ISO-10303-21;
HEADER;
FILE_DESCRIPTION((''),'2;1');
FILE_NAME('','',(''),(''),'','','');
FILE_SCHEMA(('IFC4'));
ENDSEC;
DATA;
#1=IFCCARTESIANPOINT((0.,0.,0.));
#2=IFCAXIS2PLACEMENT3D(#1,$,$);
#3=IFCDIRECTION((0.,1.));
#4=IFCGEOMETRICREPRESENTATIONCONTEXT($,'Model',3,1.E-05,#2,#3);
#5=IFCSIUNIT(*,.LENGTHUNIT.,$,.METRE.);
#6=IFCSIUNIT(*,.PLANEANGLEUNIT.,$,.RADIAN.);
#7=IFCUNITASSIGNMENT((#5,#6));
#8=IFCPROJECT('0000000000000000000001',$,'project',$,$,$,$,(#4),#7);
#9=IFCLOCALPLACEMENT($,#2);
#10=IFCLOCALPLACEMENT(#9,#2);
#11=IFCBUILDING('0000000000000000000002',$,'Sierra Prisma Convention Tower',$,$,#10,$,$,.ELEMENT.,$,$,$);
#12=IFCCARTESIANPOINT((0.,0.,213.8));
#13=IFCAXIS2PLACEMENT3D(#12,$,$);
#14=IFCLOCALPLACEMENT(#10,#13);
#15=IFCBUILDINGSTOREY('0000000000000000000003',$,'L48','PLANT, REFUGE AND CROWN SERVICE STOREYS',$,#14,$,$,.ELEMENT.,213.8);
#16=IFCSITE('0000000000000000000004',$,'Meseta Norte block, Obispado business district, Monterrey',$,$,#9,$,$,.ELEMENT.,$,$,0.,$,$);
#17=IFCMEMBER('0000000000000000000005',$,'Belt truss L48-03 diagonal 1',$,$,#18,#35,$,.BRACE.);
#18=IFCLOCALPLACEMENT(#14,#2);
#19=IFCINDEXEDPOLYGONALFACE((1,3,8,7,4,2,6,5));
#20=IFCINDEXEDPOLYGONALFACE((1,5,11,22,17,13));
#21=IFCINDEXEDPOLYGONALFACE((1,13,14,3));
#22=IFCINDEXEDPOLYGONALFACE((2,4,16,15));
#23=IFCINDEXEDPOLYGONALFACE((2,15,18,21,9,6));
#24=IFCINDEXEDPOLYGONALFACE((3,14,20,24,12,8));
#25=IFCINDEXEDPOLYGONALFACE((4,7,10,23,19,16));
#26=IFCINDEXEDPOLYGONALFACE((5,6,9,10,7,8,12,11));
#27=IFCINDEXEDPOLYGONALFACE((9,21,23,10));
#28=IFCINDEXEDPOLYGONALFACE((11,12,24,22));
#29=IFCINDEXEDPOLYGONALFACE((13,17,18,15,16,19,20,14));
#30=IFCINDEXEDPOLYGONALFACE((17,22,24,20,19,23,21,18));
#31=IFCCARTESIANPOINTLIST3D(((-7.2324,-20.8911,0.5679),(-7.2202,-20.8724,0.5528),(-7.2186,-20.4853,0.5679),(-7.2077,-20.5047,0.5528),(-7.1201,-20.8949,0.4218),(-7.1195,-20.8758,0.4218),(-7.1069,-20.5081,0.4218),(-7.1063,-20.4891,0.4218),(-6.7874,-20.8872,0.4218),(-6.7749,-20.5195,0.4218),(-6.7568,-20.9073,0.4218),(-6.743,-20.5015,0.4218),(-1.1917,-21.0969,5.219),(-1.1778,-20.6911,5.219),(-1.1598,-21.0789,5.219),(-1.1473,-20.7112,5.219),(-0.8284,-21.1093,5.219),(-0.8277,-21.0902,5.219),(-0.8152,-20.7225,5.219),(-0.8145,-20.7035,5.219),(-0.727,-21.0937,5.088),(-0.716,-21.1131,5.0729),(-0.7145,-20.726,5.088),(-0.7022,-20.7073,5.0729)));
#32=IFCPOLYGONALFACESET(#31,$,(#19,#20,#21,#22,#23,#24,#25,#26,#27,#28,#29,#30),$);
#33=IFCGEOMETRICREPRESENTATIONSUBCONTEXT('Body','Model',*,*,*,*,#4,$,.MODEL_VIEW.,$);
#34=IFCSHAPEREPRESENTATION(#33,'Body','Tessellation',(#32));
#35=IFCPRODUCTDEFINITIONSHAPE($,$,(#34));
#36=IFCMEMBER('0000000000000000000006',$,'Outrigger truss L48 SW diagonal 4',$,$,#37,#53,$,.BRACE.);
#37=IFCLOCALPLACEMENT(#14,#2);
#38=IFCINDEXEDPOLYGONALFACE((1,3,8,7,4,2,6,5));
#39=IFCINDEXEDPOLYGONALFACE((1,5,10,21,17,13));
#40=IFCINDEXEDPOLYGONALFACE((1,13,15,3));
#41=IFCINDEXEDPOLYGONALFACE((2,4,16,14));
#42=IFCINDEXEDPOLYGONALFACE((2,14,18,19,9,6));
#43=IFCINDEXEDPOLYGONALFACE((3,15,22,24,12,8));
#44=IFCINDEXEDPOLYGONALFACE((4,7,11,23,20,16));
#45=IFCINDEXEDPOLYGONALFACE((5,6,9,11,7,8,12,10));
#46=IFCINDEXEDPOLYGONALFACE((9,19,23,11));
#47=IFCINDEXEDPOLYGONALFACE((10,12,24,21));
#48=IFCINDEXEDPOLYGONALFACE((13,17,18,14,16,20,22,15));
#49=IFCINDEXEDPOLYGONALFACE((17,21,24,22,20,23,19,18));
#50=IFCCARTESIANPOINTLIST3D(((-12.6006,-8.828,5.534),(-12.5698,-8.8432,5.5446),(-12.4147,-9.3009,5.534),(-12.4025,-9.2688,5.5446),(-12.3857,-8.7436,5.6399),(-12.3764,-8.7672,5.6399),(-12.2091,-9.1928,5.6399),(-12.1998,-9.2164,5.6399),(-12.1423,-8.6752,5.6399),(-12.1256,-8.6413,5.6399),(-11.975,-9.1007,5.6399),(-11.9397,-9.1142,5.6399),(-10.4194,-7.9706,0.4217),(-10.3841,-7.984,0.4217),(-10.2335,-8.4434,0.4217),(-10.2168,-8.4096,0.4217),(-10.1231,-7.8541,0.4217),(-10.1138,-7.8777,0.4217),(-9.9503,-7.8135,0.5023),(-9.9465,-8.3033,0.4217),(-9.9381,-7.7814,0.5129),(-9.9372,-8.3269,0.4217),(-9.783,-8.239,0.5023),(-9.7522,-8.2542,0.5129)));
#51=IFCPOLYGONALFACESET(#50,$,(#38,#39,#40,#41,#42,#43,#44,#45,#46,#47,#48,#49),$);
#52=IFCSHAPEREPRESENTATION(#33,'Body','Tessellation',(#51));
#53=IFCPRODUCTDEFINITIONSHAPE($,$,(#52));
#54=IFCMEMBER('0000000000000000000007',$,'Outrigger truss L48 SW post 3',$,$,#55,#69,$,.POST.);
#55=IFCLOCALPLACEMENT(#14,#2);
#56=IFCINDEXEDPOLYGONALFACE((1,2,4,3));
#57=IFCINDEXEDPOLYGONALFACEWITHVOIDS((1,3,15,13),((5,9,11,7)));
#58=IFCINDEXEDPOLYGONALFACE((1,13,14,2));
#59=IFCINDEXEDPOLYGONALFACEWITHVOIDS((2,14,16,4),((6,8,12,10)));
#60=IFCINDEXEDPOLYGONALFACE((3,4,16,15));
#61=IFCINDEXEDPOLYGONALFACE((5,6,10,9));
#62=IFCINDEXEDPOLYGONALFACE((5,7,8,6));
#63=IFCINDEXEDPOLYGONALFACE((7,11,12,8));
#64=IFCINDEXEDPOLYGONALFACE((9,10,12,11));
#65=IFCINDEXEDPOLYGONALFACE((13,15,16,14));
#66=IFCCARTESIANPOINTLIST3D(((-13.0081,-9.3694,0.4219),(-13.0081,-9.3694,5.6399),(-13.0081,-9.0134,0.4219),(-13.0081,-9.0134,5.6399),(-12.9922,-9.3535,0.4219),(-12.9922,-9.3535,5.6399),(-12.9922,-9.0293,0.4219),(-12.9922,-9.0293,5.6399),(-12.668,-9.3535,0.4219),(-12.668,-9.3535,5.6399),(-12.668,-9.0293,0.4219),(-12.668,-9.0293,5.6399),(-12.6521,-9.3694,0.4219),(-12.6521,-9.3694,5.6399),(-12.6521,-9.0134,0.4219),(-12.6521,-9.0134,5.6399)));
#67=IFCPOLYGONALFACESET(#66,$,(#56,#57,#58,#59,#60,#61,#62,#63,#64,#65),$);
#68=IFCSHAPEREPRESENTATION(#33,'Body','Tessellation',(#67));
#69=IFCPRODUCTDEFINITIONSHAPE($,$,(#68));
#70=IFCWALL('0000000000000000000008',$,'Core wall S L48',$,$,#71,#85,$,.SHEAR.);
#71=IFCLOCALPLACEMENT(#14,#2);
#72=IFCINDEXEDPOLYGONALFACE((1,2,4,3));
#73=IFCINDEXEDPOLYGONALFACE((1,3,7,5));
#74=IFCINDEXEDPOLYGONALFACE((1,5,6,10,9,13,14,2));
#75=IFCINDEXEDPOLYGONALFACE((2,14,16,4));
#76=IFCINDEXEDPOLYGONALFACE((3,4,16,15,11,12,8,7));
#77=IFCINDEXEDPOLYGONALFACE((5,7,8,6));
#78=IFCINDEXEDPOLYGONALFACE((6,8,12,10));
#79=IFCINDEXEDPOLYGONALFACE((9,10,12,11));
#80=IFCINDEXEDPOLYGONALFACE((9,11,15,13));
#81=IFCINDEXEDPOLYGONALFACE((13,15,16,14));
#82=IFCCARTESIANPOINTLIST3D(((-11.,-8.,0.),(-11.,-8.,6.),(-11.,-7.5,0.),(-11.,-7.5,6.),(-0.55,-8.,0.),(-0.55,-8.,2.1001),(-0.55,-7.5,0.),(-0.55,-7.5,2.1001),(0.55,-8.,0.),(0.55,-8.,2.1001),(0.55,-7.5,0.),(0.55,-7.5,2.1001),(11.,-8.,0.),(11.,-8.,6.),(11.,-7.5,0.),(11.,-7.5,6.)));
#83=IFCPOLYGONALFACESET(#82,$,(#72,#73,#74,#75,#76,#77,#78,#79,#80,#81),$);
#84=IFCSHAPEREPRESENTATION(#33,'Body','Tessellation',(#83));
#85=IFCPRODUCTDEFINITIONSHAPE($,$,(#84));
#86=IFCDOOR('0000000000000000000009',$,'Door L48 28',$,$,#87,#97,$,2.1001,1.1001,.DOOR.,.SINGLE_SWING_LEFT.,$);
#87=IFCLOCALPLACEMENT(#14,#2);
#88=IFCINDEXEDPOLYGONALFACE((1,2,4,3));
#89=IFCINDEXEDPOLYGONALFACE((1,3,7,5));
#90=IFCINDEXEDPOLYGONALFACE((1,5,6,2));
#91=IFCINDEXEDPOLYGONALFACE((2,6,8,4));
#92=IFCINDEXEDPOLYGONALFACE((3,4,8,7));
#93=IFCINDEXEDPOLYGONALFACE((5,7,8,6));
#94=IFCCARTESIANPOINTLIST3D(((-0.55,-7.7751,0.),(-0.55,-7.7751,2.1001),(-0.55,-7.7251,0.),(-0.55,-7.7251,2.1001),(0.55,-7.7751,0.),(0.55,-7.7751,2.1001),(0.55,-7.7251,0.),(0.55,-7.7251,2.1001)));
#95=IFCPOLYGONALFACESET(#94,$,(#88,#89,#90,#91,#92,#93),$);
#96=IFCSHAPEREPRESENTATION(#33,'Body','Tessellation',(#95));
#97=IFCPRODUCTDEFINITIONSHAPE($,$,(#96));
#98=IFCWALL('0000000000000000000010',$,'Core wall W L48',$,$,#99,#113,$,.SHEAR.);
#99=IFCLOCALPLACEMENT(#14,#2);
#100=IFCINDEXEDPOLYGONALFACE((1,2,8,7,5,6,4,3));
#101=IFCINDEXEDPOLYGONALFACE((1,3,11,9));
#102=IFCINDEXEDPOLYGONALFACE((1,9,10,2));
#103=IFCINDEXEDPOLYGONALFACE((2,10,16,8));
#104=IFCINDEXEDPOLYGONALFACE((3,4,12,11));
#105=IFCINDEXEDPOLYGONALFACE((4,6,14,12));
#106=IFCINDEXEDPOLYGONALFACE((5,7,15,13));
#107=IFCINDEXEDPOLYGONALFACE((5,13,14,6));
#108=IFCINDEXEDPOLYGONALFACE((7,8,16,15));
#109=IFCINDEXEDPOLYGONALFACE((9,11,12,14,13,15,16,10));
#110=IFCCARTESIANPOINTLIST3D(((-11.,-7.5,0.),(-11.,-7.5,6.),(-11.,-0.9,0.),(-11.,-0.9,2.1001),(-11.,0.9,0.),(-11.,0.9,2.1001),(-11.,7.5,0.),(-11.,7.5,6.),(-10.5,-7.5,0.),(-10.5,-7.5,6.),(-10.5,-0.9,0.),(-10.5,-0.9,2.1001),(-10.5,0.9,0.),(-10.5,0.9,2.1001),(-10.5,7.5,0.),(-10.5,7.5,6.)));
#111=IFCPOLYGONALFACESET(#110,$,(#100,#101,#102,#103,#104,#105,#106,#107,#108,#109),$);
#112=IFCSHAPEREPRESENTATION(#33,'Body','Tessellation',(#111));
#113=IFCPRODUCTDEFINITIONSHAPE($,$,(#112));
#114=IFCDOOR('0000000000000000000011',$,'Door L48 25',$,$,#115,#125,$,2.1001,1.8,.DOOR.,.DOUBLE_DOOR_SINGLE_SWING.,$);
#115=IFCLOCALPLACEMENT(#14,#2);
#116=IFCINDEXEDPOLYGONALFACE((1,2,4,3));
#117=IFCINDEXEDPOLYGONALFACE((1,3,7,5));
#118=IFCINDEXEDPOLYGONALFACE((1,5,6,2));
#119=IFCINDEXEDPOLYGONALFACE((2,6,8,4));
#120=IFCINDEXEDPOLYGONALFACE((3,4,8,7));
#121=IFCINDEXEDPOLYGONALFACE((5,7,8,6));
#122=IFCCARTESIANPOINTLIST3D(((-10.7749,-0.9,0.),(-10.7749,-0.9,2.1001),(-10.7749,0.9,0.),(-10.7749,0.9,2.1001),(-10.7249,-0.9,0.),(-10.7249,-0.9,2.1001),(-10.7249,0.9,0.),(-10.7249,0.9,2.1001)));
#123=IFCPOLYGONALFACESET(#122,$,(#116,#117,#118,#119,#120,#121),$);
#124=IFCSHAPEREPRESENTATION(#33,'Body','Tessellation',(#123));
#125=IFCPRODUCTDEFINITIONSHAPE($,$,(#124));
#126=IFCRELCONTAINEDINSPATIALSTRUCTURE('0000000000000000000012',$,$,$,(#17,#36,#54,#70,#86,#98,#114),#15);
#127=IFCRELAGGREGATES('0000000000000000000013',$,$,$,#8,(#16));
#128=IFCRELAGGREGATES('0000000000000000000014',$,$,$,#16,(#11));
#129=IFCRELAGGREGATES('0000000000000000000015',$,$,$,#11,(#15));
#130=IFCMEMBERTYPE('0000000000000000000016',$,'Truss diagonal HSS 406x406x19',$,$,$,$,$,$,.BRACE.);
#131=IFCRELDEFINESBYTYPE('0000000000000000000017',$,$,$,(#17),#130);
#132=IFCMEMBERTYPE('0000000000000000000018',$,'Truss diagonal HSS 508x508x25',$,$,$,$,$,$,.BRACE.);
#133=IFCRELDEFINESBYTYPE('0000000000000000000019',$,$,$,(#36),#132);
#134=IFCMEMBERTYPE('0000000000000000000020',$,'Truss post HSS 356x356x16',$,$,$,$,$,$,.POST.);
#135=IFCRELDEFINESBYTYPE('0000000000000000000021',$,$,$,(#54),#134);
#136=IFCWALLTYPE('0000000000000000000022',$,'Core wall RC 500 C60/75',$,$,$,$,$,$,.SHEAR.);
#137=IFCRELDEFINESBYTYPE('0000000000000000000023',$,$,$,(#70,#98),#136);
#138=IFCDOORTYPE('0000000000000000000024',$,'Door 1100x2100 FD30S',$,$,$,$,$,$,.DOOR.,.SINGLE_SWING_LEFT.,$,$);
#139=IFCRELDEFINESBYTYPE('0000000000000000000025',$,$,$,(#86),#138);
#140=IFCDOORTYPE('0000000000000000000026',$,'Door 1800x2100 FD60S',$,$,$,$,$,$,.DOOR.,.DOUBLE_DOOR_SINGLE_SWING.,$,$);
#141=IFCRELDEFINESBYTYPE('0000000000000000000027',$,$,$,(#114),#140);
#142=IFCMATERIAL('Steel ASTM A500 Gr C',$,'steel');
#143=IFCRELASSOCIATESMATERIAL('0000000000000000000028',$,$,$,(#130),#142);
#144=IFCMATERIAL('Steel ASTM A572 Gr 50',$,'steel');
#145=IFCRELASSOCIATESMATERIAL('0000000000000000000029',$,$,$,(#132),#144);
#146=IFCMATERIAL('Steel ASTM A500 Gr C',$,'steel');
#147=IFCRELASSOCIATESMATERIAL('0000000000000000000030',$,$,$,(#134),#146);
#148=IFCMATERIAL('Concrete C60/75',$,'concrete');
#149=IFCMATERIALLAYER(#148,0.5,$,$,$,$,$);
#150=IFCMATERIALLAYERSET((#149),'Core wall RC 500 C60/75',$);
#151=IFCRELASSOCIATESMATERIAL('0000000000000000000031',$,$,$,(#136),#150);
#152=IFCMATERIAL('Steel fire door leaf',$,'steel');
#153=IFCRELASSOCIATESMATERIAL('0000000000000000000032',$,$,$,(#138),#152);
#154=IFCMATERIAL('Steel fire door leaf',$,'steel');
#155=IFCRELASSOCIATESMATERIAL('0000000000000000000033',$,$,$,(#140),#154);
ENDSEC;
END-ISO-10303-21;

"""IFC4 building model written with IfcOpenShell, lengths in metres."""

from ifc_helpers import new_model, si_unit, direction, frame, frame_2d, origin, origin_2d, place, context, subcontext, project, spatial, rectangle, hollow_rectangle, extrude, clip, halfspace, material, layer, layer_set, material_profile, profile_set, type_object, element, fill, save


model = new_model("IFC4")

# Units and contexts
model_context = context("Model", 3, precision=1e-05, world=origin(), true_north=direction((0.0, 1.0)))
body_context = subcontext(model_context, "Body", "Model", "MODEL_VIEW")
ifc_project = project(units=[si_unit("LENGTHUNIT", "METRE"), si_unit("PLANEANGLEUNIT", "RADIAN")], contexts=[model_context])

# Site, building, storey
site_placement = place(None, origin())
site = spatial("IfcSite", under=ifc_project, at=site_placement, Name="Meseta Norte block, Obispado business district, Monterrey", CompositionType="ELEMENT", RefElevation=0.0)
building_placement = place(site_placement, origin())
building = spatial("IfcBuilding", under=site, at=building_placement, Name="Sierra Prisma Convention Tower", CompositionType="ELEMENT")
storey_placement = place(building_placement, frame((0.0, 0.0, 213.8)))
storey = spatial("IfcBuildingStorey", under=building, at=storey_placement, Name="L48", Description="PLANT, REFUGE AND CROWN SERVICE STOREYS", CompositionType="ELEMENT", Elevation=213.8)

# Members
ifc_material_1 = material(Name="Steel ASTM A500 Gr C", Category="steel")
ifc_material_profile_1 = material_profile(ifc_material_1, hollow_rectangle(XDim=0.406, YDim=0.406, WallThickness=0.019, at=origin_2d()), Name="Truss diagonal HSS 406x406x19")
ifc_profile_set_1 = profile_set([ifc_material_profile_1], Name="Steel ASTM A500 Gr C")
member_type_1 = type_object("IfcMemberType", Name="Truss diagonal HSS 406x406x19", PredefinedType="BRACE", material=ifc_profile_set_1)
member_1_placement = place(storey_placement, frame((-7.1018, -20.6924, 0.407), z_axis=(0.792057, -0.02699, 0.609851), x_axis=(0.034056, 0.99942, 0.0)))
element("IfcMember", 1, at=member_1_placement, inside=storey, type_object=member_type_1, Name="Belt truss L48-03 diagonal 1", PredefinedType="BRACE", context=body_context, shape_type="SweptSolid", body=[
    clip(clip(extrude(hollow_rectangle(XDim=0.406, YDim=0.406, WallThickness=0.019, at=origin_2d()), origin(), (0.0, 0.0, 1.0), 7.9148), halfspace(frame((-0.0002, 0.0117, 0.009), z_axis=(0.0, 0.792516, 0.609851), x_axis=(1.0, 0.0, 0.0)), True)), halfspace(frame((0.0, -0.0117, 7.9058), z_axis=(0.0, -0.792516, -0.609851), x_axis=(1.0, 0.0, 0.0)), True)),
])
ifc_material_2 = material(Name="Steel ASTM A572 Gr 50", Category="steel")
ifc_material_profile_2 = material_profile(ifc_material_2, hollow_rectangle(XDim=0.5081, YDim=0.5081, WallThickness=0.0254, at=origin_2d()), Name="Truss diagonal HSS 508x508x25")
ifc_profile_set_2 = profile_set([ifc_material_profile_2], Name="Steel ASTM A572 Gr 50")
member_type_2 = type_object("IfcMemberType", Name="Truss diagonal HSS 508x508x25", PredefinedType="BRACE", material=ifc_profile_set_2)
member_2_placement = place(storey_placement, frame((-12.2927, -8.98, 5.6399), z_axis=(0.387844, 0.152466, -0.909027), x_axis=(-0.365857, 0.930671, 0.0)))
element("IfcMember", 2, at=member_2_placement, inside=storey, type_object=member_type_2, Name="Outrigger truss L48 SW diagonal 4", PredefinedType="BRACE", context=body_context, shape_type="SweptSolid", body=[
    clip(clip(extrude(hollow_rectangle(XDim=0.5081, YDim=0.5081, WallThickness=0.0254, at=origin_2d()), origin(), (0.0, 0.0, 1.0), 5.7566), halfspace(frame((0.0, 0.0, 0.0), z_axis=(0.0, -0.416736, 0.909027), x_axis=(1.0, 0.0, 0.0)), True)), halfspace(frame((0.0, 0.0061, 5.7432), z_axis=(0.0, 0.416736, -0.909027), x_axis=(1.0, 0.0, 0.0)), True)),
])
ifc_material_3 = material(Name="Steel ASTM A500 Gr C", Category="steel")
ifc_material_profile_3 = material_profile(ifc_material_3, hollow_rectangle(XDim=0.356, YDim=0.356, WallThickness=0.0159, at=origin_2d()), Name="Truss post HSS 356x356x16")
ifc_profile_set_3 = profile_set([ifc_material_profile_3], Name="Steel ASTM A500 Gr C")
member_type_3 = type_object("IfcMemberType", Name="Truss post HSS 356x356x16", PredefinedType="POST", material=ifc_profile_set_3)
member_3_placement = place(storey_placement, frame((-12.8301, -9.1914, 0.4219), z_axis=(0.0, 0.0, 1.0), x_axis=(1.0, 0.0, 0.0)))
element("IfcMember", 3, at=member_3_placement, inside=storey, type_object=member_type_3, Name="Outrigger truss L48 SW post 3", PredefinedType="POST", context=body_context, shape_type="SweptSolid", body=[
    extrude(hollow_rectangle(XDim=0.356, YDim=0.356, WallThickness=0.0159, at=origin_2d()), origin(), (0.0, 0.0, 1.0), 5.218),
])

# Walls, openings, doors
ifc_material_4 = material(Name="Concrete C60/75", Category="concrete")
ifc_layer_1 = layer(ifc_material_4, 0.5)
ifc_layer_set_1 = layer_set([ifc_layer_1], Name="Core wall RC 500 C60/75")
wall_type_1 = type_object("IfcWallType", Name="Core wall RC 500 C60/75", PredefinedType="SHEAR", material=ifc_layer_set_1)
wall_1_placement = place(storey_placement, frame((-11.0, -7.75, 0.0), z_axis=(0.0, 0.0, 1.0), x_axis=(1.0, 0.0, 0.0)))
wall_1 = element("IfcWall", 4, at=wall_1_placement, inside=storey, type_object=wall_type_1, Name="Core wall S L48", PredefinedType="SHEAR", context=body_context, shape_type="SweptSolid", body=[
    extrude(rectangle(XDim=22.0, YDim=0.5, at=frame_2d((11.0, 0.0))), origin(), (0.0, 0.0, 1.0), 6.0),
])
opening_1_placement = place(wall_1_placement, frame((10.45, 0.0, 0.0)))
opening_1 = element("IfcOpeningElement", 5, at=opening_1_placement, cuts=wall_1, PredefinedType="OPENING", context=body_context, shape_type="SweptSolid", body=[
    extrude(rectangle(XDim=1.1001, YDim=2.1001, at=frame_2d((0.55, 1.05))), frame((0.0, 0.25, 0.0), z_axis=(0.0, -1.0, 0.0), x_axis=(1.0, 0.0, 0.0)), (0.0, 0.0, 1.0), 0.5),
])
ifc_material_5 = material(Name="Steel fire door leaf", Category="steel")
door_type_1 = type_object("IfcDoorType", Name="Door 1100x2100 FD30S", OperationType="SINGLE_SWING_LEFT", PredefinedType="DOOR", material=ifc_material_5)
door_1_placement = place(opening_1_placement, origin())
door_1 = element("IfcDoor", 6, at=door_1_placement, inside=storey, type_object=door_type_1, Name="Door L48 28", OperationType="SINGLE_SWING_LEFT", OverallHeight=2.1001, OverallWidth=1.1001, PredefinedType="DOOR", context=body_context, shape_type="SweptSolid", body=[
    extrude(rectangle(XDim=1.1001, YDim=2.1001, at=frame_2d((0.55, 1.05))), frame((0.0, 0.0249, 0.0), z_axis=(0.0, -1.0, 0.0), x_axis=(1.0, 0.0, 0.0)), (0.0, 0.0, 1.0), 0.05),
])
fill(opening_1, door_1)
wall_2_placement = place(storey_placement, frame((-10.75, -7.5, 0.0), z_axis=(0.0, 0.0, 1.0), x_axis=(0.0, 1.0, 0.0)))
wall_2 = element("IfcWall", 7, at=wall_2_placement, inside=storey, type_object=wall_type_1, Name="Core wall W L48", PredefinedType="SHEAR", context=body_context, shape_type="SweptSolid", body=[
    extrude(rectangle(XDim=15.0, YDim=0.5, at=frame_2d((7.5, 0.0))), origin(), (0.0, 0.0, 1.0), 6.0),
])
opening_2_placement = place(wall_2_placement, frame((6.6001, 0.0, 0.0)))
opening_2 = element("IfcOpeningElement", 8, at=opening_2_placement, cuts=wall_2, PredefinedType="OPENING", context=body_context, shape_type="SweptSolid", body=[
    extrude(rectangle(XDim=1.8, YDim=2.1001, at=frame_2d((0.8999, 1.05))), frame((0.0, 0.25, 0.0), z_axis=(0.0, -1.0, 0.0), x_axis=(1.0, 0.0, 0.0)), (0.0, 0.0, 1.0), 0.5),
])
ifc_material_6 = material(Name="Steel fire door leaf", Category="steel")
door_type_2 = type_object("IfcDoorType", Name="Door 1800x2100 FD60S", OperationType="DOUBLE_DOOR_SINGLE_SWING", PredefinedType="DOOR", material=ifc_material_6)
door_2_placement = place(opening_2_placement, origin())
door_2 = element("IfcDoor", 9, at=door_2_placement, inside=storey, type_object=door_type_2, Name="Door L48 25", OperationType="DOUBLE_DOOR_SINGLE_SWING", OverallHeight=2.1001, OverallWidth=1.8, PredefinedType="DOOR", context=body_context, shape_type="SweptSolid", body=[
    extrude(rectangle(XDim=1.8, YDim=2.1001, at=frame_2d((0.8999, 1.05))), frame((0.0, 0.0249, 0.0), z_axis=(0.0, -1.0, 0.0), x_axis=(1.0, 0.0, 0.0)), (0.0, 0.0, 1.0), 0.05),
])
fill(opening_2, door_2)

save(model, "model.ifc")
